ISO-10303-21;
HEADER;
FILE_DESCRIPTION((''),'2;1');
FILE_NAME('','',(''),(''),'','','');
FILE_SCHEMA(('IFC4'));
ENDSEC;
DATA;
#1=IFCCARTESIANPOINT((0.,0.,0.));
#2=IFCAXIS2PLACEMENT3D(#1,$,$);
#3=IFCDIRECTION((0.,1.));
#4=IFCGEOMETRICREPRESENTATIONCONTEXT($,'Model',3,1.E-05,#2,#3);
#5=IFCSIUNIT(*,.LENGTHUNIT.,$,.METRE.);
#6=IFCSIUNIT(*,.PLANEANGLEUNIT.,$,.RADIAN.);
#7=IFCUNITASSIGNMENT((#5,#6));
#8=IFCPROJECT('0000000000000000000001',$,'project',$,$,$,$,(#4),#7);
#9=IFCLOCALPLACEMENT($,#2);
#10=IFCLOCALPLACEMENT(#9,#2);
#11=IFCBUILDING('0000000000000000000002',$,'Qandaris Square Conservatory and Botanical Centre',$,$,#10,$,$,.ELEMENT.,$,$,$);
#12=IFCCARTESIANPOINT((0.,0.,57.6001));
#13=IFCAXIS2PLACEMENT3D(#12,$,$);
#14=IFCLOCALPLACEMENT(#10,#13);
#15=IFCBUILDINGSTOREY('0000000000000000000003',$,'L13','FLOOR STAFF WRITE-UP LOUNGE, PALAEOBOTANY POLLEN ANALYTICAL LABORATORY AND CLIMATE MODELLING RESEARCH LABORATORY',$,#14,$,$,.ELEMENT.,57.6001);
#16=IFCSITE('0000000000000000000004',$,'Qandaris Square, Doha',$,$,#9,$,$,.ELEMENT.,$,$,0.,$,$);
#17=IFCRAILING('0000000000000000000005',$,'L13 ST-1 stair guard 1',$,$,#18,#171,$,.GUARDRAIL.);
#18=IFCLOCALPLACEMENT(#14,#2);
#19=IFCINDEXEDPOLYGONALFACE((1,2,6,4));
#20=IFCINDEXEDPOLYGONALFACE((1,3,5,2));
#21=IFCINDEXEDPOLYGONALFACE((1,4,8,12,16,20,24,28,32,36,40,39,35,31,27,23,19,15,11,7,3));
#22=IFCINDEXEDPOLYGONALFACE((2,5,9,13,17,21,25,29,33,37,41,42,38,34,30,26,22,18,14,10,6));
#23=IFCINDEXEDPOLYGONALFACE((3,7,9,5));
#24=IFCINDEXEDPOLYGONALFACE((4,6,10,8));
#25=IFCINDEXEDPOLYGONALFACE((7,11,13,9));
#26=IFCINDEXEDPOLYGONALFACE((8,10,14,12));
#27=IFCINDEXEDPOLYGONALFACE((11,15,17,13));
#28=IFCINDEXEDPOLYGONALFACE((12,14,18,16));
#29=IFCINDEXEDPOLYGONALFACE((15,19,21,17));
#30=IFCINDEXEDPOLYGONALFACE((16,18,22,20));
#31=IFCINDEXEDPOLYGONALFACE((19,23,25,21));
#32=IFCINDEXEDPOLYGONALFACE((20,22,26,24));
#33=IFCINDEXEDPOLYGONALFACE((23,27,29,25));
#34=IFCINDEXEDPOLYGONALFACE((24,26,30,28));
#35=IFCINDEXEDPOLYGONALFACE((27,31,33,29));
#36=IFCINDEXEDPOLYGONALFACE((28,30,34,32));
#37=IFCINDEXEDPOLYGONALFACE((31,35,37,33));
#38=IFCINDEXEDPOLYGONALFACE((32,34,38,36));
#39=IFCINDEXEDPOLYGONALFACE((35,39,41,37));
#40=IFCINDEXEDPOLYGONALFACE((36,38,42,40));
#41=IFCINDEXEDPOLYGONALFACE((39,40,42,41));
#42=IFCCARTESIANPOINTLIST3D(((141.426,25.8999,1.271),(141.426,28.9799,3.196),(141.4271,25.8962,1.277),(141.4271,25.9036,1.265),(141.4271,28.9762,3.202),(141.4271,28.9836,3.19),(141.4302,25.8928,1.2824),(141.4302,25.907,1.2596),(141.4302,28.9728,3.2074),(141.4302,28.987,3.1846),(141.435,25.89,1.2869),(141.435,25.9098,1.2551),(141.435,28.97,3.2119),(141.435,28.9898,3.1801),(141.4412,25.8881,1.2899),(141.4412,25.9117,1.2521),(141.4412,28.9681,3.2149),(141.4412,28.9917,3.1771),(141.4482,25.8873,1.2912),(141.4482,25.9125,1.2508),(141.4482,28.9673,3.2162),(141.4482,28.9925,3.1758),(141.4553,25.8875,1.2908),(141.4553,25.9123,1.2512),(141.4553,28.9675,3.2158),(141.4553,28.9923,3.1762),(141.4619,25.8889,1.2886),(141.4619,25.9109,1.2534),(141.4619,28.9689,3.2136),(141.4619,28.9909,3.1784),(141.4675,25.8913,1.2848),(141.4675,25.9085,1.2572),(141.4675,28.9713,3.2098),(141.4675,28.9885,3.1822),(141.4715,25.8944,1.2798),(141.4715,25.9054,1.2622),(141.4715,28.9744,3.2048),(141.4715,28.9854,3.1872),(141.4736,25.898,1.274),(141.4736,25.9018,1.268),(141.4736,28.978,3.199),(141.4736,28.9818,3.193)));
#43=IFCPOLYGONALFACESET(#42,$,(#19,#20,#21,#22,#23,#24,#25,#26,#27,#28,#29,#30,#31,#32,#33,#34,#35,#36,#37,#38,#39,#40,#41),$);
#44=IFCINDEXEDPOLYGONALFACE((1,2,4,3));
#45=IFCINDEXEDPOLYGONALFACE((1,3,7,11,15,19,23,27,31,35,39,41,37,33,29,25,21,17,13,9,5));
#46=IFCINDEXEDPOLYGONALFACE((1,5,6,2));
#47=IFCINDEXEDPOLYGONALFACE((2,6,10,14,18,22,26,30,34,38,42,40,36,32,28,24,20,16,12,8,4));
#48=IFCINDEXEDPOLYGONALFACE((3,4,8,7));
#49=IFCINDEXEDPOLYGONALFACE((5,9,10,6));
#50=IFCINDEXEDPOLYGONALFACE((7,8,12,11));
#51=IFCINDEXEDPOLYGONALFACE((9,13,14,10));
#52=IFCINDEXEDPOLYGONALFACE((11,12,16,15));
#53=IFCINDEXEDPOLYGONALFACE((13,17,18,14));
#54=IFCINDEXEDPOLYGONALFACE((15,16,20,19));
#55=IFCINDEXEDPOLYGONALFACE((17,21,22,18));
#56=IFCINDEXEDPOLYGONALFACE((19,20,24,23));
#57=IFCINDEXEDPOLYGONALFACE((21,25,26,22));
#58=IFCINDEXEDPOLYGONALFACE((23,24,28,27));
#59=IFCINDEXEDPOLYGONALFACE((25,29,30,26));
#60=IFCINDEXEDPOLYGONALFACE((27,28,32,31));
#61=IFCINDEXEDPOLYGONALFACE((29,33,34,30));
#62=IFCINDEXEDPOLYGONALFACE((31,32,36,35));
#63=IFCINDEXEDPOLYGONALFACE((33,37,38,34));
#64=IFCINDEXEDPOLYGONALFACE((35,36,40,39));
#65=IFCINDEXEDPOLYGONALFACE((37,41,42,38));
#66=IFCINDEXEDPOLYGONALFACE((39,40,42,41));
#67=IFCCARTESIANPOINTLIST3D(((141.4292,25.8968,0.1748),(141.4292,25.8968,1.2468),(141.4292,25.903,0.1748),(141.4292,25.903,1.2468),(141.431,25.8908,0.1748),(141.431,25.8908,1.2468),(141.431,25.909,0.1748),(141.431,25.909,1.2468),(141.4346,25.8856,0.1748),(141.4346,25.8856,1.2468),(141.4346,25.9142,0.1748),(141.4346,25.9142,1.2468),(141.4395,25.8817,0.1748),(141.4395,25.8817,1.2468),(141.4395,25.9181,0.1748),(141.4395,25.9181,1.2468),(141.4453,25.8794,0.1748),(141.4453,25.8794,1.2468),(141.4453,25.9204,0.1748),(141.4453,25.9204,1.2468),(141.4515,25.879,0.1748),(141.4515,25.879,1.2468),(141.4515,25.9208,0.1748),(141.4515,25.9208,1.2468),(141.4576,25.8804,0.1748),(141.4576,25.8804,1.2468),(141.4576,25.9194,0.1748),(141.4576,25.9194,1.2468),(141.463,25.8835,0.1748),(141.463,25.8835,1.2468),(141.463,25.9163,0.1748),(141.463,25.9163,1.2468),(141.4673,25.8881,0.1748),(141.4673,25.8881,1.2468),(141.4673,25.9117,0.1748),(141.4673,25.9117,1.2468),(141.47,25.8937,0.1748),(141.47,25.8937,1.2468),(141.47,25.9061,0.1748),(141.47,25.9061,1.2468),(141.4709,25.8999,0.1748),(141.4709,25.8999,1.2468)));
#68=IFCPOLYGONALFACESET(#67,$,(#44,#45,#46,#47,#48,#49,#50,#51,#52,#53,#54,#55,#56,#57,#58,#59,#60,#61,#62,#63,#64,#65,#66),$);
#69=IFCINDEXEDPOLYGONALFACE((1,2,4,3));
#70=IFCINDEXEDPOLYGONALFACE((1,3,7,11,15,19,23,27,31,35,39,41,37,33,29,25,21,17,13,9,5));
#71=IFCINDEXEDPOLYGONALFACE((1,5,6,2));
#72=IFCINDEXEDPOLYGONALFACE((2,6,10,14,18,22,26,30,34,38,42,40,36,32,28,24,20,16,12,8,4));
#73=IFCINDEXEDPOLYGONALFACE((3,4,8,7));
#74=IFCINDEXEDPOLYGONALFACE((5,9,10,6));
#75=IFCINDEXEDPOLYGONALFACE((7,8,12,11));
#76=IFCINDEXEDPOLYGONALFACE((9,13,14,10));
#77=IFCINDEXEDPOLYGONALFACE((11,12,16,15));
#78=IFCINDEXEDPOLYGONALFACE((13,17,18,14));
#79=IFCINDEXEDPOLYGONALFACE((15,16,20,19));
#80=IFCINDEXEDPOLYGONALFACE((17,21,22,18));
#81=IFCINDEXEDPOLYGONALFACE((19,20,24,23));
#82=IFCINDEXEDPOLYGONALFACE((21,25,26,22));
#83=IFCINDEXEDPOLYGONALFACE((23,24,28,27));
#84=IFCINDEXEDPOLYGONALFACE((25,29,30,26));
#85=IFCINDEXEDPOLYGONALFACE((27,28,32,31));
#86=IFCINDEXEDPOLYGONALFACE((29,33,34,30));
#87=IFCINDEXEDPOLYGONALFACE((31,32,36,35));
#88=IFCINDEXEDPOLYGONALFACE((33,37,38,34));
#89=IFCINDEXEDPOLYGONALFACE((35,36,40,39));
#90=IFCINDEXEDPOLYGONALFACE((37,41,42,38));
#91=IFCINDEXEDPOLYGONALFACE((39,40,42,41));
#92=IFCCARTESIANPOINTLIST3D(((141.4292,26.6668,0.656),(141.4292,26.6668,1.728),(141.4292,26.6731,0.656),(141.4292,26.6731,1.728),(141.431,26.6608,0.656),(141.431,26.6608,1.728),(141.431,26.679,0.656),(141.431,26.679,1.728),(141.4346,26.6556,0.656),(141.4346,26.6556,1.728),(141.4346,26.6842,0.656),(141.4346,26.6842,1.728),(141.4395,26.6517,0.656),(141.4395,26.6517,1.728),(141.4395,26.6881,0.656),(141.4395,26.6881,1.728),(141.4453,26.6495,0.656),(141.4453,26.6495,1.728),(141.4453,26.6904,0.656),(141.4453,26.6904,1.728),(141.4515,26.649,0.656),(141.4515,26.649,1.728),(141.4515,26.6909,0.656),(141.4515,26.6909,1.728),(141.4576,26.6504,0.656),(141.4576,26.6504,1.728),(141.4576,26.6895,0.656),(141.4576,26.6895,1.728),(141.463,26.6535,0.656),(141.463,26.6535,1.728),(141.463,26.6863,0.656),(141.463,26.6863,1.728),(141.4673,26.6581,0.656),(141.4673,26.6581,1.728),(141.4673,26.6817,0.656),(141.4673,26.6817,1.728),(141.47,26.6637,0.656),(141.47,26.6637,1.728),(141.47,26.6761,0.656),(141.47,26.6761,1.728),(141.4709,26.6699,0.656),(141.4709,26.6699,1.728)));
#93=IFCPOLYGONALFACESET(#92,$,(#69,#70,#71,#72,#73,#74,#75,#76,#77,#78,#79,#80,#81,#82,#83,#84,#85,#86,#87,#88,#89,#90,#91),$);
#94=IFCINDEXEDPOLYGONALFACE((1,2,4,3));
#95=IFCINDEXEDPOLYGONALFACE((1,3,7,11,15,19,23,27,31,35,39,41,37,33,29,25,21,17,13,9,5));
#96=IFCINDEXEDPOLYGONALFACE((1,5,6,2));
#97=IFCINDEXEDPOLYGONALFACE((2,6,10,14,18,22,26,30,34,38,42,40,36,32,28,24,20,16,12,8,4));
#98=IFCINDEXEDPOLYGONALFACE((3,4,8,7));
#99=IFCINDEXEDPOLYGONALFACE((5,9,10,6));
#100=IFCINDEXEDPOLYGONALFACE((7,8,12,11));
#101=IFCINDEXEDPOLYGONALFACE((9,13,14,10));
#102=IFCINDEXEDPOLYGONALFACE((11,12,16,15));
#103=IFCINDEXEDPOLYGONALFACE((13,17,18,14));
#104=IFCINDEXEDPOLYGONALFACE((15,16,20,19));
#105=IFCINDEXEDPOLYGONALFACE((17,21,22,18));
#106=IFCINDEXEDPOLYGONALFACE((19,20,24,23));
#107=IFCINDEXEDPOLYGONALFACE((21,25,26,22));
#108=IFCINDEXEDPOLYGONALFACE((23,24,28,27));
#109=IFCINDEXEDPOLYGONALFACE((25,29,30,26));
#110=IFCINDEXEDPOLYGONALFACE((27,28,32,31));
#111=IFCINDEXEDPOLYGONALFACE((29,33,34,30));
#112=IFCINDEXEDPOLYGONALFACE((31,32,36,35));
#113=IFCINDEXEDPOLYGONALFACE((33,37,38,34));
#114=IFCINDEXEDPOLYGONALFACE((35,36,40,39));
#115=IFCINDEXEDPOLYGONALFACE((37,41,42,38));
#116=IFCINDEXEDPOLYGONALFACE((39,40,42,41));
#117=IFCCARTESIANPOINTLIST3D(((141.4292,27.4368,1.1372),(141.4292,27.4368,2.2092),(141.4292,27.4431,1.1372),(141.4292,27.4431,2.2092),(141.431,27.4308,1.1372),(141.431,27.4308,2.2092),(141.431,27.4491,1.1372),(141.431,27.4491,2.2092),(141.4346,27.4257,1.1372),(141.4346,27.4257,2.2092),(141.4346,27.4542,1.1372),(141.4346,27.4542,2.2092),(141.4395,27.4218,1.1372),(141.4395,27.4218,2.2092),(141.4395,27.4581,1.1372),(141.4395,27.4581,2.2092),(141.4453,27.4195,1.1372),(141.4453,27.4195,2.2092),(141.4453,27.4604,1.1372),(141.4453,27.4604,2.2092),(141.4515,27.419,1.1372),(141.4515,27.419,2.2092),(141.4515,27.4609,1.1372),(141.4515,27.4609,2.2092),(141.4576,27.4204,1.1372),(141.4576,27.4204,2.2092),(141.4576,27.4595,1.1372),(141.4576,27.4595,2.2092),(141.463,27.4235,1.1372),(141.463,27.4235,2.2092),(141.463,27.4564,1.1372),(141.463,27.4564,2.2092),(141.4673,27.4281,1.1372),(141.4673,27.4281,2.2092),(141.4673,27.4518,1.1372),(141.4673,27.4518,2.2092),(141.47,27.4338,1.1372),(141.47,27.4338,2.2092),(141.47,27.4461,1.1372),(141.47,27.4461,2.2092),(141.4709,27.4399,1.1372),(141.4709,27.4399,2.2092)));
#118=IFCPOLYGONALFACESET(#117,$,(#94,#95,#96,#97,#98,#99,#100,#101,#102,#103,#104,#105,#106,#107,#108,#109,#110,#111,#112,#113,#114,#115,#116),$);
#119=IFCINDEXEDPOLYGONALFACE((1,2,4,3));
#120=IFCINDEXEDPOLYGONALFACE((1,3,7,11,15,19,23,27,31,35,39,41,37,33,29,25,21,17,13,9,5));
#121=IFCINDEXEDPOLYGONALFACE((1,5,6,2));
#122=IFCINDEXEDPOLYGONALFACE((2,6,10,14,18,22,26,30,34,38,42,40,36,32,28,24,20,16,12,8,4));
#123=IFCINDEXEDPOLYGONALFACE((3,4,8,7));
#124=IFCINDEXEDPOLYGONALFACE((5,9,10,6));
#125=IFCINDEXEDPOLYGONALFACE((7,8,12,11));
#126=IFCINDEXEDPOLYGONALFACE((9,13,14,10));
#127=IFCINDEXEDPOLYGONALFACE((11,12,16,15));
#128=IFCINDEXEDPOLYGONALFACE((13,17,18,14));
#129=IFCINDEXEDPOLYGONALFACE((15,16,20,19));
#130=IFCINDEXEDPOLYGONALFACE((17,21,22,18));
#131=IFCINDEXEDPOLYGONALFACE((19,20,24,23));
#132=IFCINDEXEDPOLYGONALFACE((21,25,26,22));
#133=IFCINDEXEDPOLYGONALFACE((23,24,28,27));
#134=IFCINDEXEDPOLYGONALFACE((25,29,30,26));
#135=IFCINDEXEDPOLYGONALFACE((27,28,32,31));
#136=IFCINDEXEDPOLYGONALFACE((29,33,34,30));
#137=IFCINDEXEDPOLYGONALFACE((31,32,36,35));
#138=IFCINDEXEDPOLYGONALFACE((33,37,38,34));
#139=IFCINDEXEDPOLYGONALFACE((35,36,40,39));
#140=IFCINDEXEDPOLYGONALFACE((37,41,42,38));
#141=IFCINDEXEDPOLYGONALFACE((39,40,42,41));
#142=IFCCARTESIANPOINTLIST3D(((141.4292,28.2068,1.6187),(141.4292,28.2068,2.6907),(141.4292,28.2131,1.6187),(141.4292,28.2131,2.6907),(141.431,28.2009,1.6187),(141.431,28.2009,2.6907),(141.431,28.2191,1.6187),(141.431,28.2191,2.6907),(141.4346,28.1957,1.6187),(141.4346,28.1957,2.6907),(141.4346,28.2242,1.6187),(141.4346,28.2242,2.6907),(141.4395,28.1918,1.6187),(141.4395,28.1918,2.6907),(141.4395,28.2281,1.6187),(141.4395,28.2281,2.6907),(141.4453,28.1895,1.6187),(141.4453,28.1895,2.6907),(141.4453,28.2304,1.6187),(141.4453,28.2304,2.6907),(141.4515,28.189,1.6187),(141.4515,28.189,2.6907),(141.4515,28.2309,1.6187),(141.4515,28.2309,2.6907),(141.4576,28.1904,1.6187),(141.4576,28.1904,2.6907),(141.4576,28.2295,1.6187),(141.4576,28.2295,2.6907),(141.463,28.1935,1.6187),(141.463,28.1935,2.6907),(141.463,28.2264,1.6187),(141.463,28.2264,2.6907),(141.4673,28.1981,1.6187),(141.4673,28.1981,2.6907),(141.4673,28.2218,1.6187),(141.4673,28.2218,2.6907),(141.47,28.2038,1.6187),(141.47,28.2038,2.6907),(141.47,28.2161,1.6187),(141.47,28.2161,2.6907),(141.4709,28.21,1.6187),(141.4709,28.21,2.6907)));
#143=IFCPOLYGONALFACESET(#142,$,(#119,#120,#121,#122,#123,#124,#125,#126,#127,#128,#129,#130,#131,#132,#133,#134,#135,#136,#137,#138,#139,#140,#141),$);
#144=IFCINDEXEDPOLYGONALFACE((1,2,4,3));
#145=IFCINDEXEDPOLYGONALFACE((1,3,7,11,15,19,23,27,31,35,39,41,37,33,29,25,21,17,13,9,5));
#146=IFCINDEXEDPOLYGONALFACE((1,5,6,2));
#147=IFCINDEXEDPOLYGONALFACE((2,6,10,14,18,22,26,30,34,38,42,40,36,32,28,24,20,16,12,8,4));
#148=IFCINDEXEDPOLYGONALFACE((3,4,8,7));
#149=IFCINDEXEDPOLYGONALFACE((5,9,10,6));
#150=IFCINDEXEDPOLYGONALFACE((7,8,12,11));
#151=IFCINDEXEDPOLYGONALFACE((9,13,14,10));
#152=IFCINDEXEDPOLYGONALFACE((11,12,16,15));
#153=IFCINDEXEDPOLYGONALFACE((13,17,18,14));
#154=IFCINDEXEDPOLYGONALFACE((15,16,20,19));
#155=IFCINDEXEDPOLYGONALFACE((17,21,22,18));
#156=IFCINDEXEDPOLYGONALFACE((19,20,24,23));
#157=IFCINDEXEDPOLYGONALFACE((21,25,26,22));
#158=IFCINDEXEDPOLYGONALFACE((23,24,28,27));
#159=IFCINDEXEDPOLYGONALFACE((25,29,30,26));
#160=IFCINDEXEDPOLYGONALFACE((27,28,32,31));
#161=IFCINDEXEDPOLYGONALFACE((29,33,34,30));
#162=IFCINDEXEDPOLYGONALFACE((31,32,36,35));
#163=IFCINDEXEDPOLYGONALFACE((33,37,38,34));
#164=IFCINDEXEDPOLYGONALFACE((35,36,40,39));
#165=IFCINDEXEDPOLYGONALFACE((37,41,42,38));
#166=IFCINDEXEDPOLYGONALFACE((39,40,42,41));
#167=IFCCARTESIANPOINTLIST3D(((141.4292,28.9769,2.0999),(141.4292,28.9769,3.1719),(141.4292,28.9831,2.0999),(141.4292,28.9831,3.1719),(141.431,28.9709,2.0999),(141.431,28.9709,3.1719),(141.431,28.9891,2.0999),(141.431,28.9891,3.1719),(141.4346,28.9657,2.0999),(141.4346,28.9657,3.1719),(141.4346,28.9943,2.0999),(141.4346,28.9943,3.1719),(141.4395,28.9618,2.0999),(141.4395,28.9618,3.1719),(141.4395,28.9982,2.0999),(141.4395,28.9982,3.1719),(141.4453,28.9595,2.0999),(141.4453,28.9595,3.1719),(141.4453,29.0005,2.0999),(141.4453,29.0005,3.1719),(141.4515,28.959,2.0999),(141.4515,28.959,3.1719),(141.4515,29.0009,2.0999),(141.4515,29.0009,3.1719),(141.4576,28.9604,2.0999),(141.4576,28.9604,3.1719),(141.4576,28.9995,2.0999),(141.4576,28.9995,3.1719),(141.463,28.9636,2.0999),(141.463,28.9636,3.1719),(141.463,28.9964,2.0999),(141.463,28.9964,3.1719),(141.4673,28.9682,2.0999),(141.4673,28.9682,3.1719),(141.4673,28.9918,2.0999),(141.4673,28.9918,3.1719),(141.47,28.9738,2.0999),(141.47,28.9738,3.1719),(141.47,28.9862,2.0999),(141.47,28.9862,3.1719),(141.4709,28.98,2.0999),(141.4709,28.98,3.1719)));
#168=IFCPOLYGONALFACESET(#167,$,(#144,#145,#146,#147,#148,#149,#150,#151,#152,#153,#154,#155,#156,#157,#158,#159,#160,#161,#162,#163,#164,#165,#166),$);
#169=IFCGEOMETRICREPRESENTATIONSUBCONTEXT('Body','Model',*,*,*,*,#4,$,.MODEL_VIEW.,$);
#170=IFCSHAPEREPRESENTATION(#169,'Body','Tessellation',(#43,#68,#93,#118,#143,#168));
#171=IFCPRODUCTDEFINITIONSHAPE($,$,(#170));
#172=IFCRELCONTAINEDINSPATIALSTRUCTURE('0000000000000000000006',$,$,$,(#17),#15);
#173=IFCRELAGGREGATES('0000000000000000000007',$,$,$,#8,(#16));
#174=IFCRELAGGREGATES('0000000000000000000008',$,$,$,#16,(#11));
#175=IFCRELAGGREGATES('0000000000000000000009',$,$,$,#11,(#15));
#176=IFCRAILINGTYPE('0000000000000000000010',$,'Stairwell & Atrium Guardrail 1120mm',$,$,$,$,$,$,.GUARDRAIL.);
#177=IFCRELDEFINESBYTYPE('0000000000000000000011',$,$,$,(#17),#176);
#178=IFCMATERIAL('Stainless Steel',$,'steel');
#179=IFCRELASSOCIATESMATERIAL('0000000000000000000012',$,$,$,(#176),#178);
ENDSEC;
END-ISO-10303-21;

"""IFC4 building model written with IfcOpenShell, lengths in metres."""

from ifc_helpers import new_model, si_unit, direction, frame, origin, origin_2d, place, context, subcontext, project, spatial, circle, extrude, material, type_object, element, save


model = new_model("IFC4")

# Units and contexts
model_context = context("Model", 3, precision=1e-05, world=origin(), true_north=direction((0.0, 1.0)))
body_context = subcontext(model_context, "Body", "Model", "MODEL_VIEW")
ifc_project = project(units=[si_unit("LENGTHUNIT", "METRE"), si_unit("PLANEANGLEUNIT", "RADIAN")], contexts=[model_context])

# Site, building, storey
site_placement = place(None, origin())
site = spatial("IfcSite", under=ifc_project, at=site_placement, Name="Qandaris Square, Doha", CompositionType="ELEMENT", RefElevation=0.0)
building_placement = place(site_placement, origin())
building = spatial("IfcBuilding", under=site, at=building_placement, Name="Qandaris Square Conservatory and Botanical Centre", CompositionType="ELEMENT")
storey_placement = place(building_placement, frame((0.0, 0.0, 57.6001)))
storey = spatial("IfcBuildingStorey", under=building, at=storey_placement, Name="L13", Description="FLOOR STAFF WRITE-UP LOUNGE, PALAEOBOTANY POLLEN ANALYTICAL LABORATORY AND CLIMATE MODELLING RESEARCH LABORATORY", CompositionType="ELEMENT", Elevation=57.6001)

# Railing
ifc_material_1 = material(Name="Stainless Steel", Category="steel")
railing_type_1 = type_object("IfcRailingType", Name="Stairwell & Atrium Guardrail 1120mm", PredefinedType="GUARDRAIL", material=ifc_material_1)
railing_1_placement = place(storey_placement, frame((141.45, 25.8999, 0.1748)))
element("IfcRailing", 1, at=railing_1_placement, inside=storey, type_object=railing_type_1, Name="L13 ST-1 stair guard 1", PredefinedType="GUARDRAIL", context=body_context, shape_type="SweptSolid", body=[
    extrude(circle(Radius=0.0239, at=origin_2d()), frame((0.0, 0.0, 1.0962), z_axis=(0.0, 0.847998, 0.529999), x_axis=(-1.0, 0.0, 0.0)), (0.0, 0.0, 1.0), 3.6321),
    extrude(circle(Radius=0.021, at=origin_2d()), origin(), (0.0, 0.0, 1.0), 1.072),
    extrude(circle(Radius=0.021, at=origin_2d()), frame((0.0, 0.77, 0.4812)), (0.0, 0.0, 1.0), 1.072),
    extrude(circle(Radius=0.021, at=origin_2d()), frame((0.0, 1.54, 0.9624)), (0.0, 0.0, 1.0), 1.072),
    extrude(circle(Radius=0.021, at=origin_2d()), frame((0.0, 2.3101, 1.4438)), (0.0, 0.0, 1.0), 1.072),
    extrude(circle(Radius=0.021, at=origin_2d()), frame((0.0, 3.0801, 1.925)), (0.0, 0.0, 1.0), 1.072),
])

save(model, "model.ifc")
